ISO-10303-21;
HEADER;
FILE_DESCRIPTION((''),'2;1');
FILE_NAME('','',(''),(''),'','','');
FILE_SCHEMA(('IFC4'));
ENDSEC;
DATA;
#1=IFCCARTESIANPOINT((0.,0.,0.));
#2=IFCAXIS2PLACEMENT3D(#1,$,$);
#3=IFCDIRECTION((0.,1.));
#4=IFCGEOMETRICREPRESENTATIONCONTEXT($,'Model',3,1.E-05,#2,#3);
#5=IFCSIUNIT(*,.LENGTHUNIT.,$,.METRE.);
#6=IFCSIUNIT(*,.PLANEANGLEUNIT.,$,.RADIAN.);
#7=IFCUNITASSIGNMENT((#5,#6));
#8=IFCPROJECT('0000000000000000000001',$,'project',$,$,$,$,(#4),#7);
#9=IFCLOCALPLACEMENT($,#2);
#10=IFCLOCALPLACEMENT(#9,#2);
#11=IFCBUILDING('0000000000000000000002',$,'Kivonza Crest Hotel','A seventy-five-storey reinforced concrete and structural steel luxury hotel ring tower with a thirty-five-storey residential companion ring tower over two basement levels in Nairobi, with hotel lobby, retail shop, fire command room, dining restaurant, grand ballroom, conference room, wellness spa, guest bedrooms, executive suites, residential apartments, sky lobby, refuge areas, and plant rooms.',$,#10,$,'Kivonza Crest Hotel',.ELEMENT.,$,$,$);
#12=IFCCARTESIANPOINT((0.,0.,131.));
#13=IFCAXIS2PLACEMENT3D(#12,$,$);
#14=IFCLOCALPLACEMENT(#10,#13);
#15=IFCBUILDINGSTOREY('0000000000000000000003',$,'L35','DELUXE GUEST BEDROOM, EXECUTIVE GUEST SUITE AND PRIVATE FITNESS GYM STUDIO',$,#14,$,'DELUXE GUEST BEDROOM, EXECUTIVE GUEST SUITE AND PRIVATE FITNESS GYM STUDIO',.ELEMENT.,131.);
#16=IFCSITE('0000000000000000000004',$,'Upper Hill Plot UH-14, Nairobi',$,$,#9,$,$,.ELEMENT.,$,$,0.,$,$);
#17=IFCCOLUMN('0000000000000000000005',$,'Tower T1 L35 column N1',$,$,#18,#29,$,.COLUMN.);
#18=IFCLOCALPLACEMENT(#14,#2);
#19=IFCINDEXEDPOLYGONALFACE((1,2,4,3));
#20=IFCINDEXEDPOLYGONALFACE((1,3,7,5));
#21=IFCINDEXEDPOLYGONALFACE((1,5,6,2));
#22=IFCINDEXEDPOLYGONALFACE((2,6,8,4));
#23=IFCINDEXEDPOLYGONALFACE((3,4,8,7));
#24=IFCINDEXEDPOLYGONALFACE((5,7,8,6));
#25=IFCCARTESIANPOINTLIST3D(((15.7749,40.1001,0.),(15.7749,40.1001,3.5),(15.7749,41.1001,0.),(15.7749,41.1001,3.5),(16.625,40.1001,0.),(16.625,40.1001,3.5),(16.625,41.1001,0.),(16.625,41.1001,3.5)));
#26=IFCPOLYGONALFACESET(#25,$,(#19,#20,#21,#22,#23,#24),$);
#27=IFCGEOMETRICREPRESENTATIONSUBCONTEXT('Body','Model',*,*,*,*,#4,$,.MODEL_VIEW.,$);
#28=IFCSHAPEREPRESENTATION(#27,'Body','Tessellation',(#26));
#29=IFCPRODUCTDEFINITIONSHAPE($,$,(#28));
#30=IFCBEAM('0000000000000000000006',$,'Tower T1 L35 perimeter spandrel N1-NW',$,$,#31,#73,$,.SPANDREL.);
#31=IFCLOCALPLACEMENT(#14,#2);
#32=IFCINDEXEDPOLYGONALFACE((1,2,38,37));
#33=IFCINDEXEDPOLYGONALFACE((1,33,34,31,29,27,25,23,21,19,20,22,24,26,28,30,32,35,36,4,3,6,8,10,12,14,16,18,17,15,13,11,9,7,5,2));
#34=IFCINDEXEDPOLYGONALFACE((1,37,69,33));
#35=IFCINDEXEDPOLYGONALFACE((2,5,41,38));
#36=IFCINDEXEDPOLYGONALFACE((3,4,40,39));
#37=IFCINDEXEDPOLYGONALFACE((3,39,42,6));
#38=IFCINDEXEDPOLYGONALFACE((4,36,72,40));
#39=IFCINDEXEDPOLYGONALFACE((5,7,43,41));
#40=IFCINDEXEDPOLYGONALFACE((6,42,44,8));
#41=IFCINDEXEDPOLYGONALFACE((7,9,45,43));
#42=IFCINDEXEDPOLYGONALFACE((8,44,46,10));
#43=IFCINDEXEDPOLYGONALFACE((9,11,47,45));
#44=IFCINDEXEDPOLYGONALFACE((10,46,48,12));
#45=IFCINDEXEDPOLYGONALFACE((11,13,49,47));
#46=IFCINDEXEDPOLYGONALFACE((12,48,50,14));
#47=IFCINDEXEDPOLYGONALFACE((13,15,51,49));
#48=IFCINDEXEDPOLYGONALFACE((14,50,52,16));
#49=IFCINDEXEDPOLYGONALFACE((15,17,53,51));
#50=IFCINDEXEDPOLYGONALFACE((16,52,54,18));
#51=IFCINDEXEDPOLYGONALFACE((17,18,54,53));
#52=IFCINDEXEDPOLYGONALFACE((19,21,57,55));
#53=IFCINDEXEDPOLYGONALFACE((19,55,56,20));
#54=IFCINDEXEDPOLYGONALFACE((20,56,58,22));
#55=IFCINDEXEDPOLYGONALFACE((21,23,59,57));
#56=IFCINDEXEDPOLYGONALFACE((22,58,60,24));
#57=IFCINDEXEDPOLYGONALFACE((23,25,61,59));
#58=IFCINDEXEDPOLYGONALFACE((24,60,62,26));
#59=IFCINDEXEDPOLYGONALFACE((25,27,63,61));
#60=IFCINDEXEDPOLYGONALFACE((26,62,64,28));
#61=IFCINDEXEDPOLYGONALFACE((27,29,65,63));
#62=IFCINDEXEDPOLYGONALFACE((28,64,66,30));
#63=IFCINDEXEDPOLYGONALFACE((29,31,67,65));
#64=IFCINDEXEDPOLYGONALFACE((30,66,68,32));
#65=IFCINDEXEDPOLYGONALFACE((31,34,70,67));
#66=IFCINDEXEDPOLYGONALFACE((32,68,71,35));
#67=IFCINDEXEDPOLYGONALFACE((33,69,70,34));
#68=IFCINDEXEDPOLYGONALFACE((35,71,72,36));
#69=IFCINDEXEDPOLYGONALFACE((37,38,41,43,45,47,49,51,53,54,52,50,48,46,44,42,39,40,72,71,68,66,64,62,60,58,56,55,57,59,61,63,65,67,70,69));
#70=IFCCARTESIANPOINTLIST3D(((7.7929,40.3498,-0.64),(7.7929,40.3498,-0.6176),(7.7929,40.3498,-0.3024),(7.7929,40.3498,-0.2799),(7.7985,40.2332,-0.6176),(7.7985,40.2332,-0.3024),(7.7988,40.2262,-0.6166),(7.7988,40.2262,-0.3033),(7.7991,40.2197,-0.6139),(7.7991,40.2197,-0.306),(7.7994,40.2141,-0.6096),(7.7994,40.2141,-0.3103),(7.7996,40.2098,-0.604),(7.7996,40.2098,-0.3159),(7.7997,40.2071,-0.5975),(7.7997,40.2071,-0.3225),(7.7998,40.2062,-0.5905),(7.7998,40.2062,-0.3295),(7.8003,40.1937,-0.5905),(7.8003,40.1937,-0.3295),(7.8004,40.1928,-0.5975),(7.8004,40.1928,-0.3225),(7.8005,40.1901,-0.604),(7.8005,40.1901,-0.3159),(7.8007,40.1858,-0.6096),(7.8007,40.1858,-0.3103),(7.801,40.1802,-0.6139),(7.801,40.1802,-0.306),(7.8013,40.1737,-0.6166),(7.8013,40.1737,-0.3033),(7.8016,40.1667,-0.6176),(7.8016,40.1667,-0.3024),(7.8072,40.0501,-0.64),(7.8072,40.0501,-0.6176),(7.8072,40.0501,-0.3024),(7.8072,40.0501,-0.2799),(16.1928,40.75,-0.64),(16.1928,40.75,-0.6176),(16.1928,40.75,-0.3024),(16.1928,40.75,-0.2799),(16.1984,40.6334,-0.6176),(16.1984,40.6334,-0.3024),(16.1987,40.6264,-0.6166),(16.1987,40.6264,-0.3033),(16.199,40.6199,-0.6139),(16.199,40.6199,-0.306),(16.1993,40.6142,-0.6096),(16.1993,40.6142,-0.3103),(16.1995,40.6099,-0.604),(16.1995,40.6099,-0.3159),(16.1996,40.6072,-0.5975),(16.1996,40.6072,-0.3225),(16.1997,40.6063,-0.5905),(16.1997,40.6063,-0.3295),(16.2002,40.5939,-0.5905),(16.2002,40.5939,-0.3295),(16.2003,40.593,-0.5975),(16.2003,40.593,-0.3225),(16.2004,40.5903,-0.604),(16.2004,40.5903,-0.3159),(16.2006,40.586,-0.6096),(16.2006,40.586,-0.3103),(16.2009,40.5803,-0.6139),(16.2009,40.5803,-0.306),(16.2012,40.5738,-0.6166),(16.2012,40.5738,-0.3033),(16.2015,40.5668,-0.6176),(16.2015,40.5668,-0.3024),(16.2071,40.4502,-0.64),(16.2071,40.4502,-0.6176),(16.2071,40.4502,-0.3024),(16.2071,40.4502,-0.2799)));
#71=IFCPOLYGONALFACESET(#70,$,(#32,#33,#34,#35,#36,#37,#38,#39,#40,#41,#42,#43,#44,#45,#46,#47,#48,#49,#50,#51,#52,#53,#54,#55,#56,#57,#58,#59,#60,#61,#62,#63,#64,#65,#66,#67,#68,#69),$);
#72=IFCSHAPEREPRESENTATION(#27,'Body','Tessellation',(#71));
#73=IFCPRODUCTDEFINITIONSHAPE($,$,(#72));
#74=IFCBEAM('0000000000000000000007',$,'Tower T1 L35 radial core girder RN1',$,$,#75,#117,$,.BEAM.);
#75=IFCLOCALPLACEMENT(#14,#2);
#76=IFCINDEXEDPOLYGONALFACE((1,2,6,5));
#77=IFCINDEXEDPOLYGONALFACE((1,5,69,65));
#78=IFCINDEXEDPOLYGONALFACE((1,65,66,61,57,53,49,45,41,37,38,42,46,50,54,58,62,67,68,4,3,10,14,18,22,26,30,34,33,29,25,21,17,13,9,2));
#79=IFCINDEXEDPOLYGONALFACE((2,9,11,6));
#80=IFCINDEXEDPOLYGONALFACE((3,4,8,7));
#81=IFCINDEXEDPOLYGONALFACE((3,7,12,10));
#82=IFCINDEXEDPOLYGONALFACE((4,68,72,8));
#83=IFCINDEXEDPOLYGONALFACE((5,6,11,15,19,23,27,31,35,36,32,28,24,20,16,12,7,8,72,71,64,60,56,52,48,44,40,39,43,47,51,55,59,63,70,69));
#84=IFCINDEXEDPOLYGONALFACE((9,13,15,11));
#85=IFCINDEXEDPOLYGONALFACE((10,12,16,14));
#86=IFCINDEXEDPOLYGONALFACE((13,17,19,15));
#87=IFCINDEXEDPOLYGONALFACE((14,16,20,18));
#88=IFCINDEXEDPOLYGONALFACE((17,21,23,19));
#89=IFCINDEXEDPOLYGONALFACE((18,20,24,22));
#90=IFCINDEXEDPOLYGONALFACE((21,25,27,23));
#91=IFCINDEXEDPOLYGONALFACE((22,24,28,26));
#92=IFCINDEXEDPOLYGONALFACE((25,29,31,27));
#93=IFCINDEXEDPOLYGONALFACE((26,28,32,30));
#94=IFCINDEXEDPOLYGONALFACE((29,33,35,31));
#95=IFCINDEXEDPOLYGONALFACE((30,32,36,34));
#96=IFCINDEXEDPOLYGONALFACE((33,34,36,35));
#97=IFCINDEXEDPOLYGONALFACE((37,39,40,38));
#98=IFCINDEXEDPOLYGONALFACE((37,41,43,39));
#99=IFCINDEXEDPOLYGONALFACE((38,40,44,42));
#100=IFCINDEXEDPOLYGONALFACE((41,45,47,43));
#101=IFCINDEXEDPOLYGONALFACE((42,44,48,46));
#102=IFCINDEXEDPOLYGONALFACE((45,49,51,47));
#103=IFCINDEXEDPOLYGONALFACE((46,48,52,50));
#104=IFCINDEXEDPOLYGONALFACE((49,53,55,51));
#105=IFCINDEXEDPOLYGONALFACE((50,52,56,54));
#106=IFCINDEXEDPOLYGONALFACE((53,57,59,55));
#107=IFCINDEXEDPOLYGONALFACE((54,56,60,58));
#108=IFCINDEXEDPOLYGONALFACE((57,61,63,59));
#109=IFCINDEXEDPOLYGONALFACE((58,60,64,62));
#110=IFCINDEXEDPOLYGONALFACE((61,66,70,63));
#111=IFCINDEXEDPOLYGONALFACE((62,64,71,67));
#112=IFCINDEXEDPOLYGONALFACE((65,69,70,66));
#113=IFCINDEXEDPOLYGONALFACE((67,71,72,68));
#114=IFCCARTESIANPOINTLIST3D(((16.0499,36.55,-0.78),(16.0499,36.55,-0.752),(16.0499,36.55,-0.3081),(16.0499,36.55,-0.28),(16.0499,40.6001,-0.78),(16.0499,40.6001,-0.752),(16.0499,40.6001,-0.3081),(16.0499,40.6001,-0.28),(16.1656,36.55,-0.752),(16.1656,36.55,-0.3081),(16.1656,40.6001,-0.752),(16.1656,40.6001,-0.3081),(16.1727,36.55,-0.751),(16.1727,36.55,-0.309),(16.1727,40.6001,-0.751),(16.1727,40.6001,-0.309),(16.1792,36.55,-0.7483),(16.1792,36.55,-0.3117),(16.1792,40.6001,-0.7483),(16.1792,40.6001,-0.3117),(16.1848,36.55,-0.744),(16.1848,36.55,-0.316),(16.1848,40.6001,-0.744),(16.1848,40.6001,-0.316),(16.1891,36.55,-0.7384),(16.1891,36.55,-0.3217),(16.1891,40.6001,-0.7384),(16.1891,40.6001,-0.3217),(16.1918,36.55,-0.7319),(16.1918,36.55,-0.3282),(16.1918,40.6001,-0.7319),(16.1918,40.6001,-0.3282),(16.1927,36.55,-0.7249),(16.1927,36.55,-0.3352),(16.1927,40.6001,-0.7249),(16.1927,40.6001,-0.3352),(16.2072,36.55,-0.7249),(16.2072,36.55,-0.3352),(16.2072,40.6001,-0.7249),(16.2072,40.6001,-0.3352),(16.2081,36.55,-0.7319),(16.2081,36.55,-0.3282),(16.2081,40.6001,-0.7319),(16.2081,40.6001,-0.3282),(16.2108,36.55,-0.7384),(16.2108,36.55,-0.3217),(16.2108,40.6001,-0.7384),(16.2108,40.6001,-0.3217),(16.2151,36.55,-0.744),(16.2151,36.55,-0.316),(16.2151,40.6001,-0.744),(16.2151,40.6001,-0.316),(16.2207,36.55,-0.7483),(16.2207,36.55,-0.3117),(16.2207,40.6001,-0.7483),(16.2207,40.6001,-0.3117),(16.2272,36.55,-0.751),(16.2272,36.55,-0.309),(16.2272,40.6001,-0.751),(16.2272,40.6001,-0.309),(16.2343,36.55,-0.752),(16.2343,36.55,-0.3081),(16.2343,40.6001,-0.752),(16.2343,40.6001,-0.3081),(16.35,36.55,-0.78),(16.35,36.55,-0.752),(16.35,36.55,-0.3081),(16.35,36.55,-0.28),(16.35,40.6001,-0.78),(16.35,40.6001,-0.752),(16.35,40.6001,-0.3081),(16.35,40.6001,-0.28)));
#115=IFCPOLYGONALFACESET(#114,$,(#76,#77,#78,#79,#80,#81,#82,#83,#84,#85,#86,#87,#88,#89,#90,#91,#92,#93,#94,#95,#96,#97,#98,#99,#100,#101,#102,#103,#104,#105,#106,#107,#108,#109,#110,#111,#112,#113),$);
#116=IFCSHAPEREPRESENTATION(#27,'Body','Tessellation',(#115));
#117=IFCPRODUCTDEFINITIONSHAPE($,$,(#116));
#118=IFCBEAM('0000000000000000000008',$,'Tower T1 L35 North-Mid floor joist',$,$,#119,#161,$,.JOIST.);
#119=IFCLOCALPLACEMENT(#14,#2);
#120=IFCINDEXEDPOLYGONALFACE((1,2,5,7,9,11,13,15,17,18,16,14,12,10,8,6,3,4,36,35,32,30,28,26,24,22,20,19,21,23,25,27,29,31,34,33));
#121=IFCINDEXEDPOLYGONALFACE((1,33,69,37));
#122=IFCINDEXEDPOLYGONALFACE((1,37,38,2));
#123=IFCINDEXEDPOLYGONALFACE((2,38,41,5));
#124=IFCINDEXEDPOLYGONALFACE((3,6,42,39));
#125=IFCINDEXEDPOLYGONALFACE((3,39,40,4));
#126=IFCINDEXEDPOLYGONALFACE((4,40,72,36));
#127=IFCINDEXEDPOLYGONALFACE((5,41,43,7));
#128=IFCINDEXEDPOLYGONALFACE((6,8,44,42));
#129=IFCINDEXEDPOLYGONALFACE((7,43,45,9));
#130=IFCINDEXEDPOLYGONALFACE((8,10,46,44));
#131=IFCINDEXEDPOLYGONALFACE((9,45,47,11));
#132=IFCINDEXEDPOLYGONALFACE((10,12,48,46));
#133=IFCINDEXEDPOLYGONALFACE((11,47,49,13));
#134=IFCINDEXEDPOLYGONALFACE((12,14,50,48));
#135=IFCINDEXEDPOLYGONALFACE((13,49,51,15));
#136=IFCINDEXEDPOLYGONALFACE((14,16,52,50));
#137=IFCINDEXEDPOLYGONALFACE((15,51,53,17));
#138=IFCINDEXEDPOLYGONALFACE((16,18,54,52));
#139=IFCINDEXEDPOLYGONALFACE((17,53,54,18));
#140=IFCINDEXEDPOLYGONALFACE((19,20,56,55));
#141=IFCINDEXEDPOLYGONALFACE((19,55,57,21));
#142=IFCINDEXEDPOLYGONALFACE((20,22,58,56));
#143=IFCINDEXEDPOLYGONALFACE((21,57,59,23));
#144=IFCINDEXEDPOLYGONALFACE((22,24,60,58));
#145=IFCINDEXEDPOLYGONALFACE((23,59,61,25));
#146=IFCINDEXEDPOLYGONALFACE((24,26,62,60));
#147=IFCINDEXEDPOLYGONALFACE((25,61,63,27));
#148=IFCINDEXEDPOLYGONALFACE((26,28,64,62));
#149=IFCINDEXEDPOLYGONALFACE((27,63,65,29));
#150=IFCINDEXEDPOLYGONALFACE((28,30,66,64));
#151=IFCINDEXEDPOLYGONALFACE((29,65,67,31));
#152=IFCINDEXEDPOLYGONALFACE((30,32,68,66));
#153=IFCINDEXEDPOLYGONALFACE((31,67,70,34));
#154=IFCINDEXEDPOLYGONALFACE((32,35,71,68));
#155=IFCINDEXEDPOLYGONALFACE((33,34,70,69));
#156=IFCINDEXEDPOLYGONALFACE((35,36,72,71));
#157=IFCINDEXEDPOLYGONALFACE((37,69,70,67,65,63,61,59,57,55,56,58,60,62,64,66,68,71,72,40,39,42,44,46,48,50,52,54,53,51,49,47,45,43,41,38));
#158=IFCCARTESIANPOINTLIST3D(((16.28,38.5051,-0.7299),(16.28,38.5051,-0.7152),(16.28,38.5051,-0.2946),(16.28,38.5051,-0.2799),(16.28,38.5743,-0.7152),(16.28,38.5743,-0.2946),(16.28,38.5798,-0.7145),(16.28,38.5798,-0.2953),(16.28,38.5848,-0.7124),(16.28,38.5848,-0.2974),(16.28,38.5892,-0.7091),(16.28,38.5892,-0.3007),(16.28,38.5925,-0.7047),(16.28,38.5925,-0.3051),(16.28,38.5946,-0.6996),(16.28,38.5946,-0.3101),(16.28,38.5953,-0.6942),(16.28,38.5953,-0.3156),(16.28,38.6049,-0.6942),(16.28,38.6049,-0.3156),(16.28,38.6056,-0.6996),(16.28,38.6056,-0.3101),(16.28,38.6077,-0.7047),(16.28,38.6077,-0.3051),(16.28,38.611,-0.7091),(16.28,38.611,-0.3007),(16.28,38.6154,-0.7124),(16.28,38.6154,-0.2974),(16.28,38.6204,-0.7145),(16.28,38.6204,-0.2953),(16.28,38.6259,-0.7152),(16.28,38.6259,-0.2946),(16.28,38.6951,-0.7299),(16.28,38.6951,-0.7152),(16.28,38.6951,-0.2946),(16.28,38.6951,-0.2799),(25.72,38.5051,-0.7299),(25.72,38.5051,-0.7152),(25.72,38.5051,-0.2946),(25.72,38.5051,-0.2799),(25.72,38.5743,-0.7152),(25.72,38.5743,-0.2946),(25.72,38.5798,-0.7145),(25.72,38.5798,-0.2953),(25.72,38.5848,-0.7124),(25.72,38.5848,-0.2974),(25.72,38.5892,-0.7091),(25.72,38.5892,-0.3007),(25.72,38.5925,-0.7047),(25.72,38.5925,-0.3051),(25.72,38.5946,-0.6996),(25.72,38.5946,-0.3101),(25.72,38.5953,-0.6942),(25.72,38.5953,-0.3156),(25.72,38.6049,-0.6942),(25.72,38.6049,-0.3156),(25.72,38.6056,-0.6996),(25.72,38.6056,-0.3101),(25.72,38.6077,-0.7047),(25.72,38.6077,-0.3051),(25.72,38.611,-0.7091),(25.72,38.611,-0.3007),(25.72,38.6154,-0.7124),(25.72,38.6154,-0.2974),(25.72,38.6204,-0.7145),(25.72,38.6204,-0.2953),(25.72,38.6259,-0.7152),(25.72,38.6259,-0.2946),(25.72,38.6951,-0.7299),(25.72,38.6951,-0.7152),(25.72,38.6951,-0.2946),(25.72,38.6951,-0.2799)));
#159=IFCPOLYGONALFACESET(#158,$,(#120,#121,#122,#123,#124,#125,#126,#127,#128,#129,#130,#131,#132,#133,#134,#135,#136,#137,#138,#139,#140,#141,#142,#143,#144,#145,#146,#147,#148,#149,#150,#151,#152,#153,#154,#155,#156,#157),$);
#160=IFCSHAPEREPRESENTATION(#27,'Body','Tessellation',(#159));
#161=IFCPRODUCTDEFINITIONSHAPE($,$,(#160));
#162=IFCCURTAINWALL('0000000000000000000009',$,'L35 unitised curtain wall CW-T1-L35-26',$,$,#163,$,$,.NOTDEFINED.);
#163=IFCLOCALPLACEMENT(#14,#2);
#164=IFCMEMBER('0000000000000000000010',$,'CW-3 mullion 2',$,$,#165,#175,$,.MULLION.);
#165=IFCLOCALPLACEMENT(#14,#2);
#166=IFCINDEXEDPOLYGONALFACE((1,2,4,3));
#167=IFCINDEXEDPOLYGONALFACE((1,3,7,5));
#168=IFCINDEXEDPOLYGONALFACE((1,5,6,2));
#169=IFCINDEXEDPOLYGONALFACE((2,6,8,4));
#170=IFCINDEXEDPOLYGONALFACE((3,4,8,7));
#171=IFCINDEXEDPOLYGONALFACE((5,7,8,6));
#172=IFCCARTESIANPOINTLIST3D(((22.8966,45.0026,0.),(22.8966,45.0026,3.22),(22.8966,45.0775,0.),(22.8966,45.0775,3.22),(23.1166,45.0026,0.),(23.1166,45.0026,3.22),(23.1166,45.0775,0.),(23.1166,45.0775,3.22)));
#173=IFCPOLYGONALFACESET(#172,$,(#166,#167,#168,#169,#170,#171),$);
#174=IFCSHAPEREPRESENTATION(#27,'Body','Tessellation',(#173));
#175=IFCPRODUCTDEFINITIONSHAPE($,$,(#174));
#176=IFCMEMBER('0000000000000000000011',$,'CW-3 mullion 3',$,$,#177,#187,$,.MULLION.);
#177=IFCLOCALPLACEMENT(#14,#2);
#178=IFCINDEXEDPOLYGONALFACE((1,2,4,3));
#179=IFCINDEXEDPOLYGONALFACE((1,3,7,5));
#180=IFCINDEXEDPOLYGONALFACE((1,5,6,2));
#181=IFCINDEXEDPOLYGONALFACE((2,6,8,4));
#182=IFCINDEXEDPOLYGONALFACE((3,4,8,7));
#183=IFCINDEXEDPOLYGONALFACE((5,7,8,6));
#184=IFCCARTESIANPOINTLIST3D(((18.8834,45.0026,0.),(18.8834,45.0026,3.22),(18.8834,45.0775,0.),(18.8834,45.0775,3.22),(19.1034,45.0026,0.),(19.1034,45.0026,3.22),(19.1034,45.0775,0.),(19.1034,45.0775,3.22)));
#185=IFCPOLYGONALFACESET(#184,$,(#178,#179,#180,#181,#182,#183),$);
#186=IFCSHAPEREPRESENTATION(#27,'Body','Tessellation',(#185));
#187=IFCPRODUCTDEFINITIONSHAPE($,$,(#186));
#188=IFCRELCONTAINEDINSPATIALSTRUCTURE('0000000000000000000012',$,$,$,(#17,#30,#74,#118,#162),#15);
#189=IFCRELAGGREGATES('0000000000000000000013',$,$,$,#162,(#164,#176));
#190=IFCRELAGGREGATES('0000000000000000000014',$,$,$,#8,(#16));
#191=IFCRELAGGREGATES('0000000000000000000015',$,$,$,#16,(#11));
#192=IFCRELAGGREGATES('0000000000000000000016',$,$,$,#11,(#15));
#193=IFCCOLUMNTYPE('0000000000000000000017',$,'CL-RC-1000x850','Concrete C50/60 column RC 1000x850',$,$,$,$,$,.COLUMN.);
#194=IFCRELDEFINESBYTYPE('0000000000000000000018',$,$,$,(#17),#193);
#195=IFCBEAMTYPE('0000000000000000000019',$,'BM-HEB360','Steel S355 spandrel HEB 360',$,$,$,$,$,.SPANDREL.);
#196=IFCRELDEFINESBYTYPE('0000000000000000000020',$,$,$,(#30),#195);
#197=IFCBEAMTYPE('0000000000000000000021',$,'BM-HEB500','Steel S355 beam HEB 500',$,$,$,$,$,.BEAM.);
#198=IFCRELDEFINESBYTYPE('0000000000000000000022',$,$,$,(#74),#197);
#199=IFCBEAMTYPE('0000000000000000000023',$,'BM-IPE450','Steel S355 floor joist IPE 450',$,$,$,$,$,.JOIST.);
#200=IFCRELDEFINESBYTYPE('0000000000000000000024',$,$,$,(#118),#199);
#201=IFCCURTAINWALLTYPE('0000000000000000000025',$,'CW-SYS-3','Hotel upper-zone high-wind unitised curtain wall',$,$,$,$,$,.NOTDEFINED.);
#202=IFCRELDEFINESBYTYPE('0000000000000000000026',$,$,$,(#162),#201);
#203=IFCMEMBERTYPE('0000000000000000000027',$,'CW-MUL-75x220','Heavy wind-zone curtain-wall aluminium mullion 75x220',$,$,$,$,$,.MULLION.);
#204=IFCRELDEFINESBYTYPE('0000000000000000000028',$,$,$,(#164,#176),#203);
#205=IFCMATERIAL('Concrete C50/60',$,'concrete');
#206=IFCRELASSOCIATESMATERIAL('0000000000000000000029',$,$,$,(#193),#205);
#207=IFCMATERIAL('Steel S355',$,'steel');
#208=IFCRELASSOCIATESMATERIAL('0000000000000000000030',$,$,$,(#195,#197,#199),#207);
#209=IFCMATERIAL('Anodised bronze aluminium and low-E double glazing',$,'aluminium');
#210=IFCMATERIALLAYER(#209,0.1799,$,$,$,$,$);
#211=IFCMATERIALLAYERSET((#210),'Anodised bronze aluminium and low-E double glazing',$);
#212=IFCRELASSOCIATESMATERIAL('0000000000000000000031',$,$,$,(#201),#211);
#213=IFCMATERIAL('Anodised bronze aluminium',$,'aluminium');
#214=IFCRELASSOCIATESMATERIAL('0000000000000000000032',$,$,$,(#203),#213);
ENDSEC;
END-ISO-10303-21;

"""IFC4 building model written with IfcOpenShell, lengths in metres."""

from ifc_helpers import new_model, si_unit, direction, frame, origin, origin_2d, place, context, subcontext, project, spatial, rectangle, i_section, extrude, material, layer, layer_set, material_profile, profile_set, type_object, element, aggregate, save


model = new_model("IFC4")

# Units and contexts
model_context = context("Model", 3, precision=1e-05, world=origin(), true_north=direction((0.0, 1.0)))
body_context = subcontext(model_context, "Body", "Model", "MODEL_VIEW")
ifc_project = project(units=[si_unit("LENGTHUNIT", "METRE"), si_unit("PLANEANGLEUNIT", "RADIAN")], contexts=[model_context])

# Site, building, storey
site_placement = place(None, origin())
site = spatial("IfcSite", under=ifc_project, at=site_placement, Name="Upper Hill Plot UH-14, Nairobi", CompositionType="ELEMENT", RefElevation=0.0)
building_placement = place(site_placement, origin())
building = spatial("IfcBuilding", under=site, at=building_placement, Name="Kivonza Crest Hotel", Description="A seventy-five-storey reinforced concrete and structural steel luxury hotel ring tower with a thirty-five-storey residential companion ring tower over two basement levels in Nairobi, with hotel lobby, retail shop, fire command room, dining restaurant, grand ballroom, conference room, wellness spa, guest bedrooms, executive suites, residential apartments, sky lobby, refuge areas, and plant rooms.", LongName="Kivonza Crest Hotel", CompositionType="ELEMENT")
storey_placement = place(building_placement, frame((0.0, 0.0, 131.0)))
storey = spatial("IfcBuildingStorey", under=building, at=storey_placement, Name="L35", Description="DELUXE GUEST BEDROOM, EXECUTIVE GUEST SUITE AND PRIVATE FITNESS GYM STUDIO", LongName="DELUXE GUEST BEDROOM, EXECUTIVE GUEST SUITE AND PRIVATE FITNESS GYM STUDIO", CompositionType="ELEMENT", Elevation=131.0)

# Column
ifc_material_1 = material(Name="Concrete C50/60", Category="concrete")
ifc_material_profile_1 = material_profile(ifc_material_1, rectangle(XDim=0.8501, YDim=1.0, at=origin_2d()), Name="RC 1000x850")
ifc_profile_set_1 = profile_set([ifc_material_profile_1], Name="Concrete C50/60")
column_type = type_object("IfcColumnType", Name="CL-RC-1000x850", Description="Concrete C50/60 column RC 1000x850", PredefinedType="COLUMN", material=ifc_profile_set_1)
column_placement = place(storey_placement, frame((16.2, 40.6001, 0.0), z_axis=(0.0, 0.0, 1.0), x_axis=(1.0, 0.0, 0.0)))
element("IfcColumn", 1, at=column_placement, inside=storey, type_object=column_type, Name="Tower T1 L35 column N1", PredefinedType="COLUMN", context=body_context, shape_type="SweptSolid", body=[
    extrude(rectangle(XDim=0.8501, YDim=1.0, at=origin_2d()), origin(), (0.0, 0.0, 1.0), 3.5),
])

# Beams
ifc_material_2 = material(Name="Steel S355", Category="steel")
ifc_material_profile_2 = material_profile(ifc_material_2, i_section(OverallWidth=0.3, OverallDepth=0.3601, WebThickness=0.0125, FlangeThickness=0.0225, FilletRadius=0.0271, at=origin_2d()), Name="HEB 360")
ifc_profile_set_2 = profile_set([ifc_material_profile_2], Name="Steel S355")
beam_type_1 = type_object("IfcBeamType", Name="BM-HEB360", Description="Steel S355 spandrel HEB 360", PredefinedType="SPANDREL", material=ifc_profile_set_2)
beam_1_placement = place(storey_placement, frame((16.2, 40.6001, -0.46), z_axis=(-0.998867, -0.047583, 0.0), x_axis=(0.047583, -0.998867, 0.0)))
element("IfcBeam", 2, at=beam_1_placement, inside=storey, type_object=beam_type_1, Name="Tower T1 L35 perimeter spandrel N1-NW", PredefinedType="SPANDREL", context=body_context, shape_type="SweptSolid", body=[
    extrude(i_section(OverallWidth=0.3, OverallDepth=0.3601, WebThickness=0.0125, FlangeThickness=0.0225, FilletRadius=0.0271, at=origin_2d()), origin(), (0.0, 0.0, 1.0), 8.4094),
])
ifc_material_profile_3 = material_profile(ifc_material_2, i_section(OverallWidth=0.3, OverallDepth=0.5, WebThickness=0.0144, FlangeThickness=0.0281, FilletRadius=0.0271, at=origin_2d()), Name="HEB 500")
ifc_profile_set_3 = profile_set([ifc_material_profile_3], Name="Steel S355")
beam_type_2 = type_object("IfcBeamType", Name="BM-HEB500", Description="Steel S355 beam HEB 500", PredefinedType="BEAM", material=ifc_profile_set_3)
beam_2_placement = place(storey_placement, frame((16.2, 40.6001, -0.53), z_axis=(0.0, -1.0, 0.0), x_axis=(1.0, 0.0, 0.0)))
element("IfcBeam", 3, at=beam_2_placement, inside=storey, type_object=beam_type_2, Name="Tower T1 L35 radial core girder RN1", PredefinedType="BEAM", context=body_context, shape_type="SweptSolid", body=[
    extrude(i_section(OverallWidth=0.3, OverallDepth=0.5, WebThickness=0.0144, FlangeThickness=0.0281, FilletRadius=0.0271, at=origin_2d()), origin(), (0.0, 0.0, 1.0), 4.05),
])
ifc_material_profile_4 = material_profile(ifc_material_2, i_section(OverallWidth=0.1899, OverallDepth=0.45, WebThickness=0.0095, FlangeThickness=0.0146, FilletRadius=0.021, at=origin_2d()), Name="IPE 450")
ifc_profile_set_4 = profile_set([ifc_material_profile_4], Name="Steel S355")
beam_type_3 = type_object("IfcBeamType", Name="BM-IPE450", Description="Steel S355 floor joist IPE 450", PredefinedType="JOIST", material=ifc_profile_set_4)
beam_3_placement = place(storey_placement, frame((16.28, 38.6001, -0.5049), z_axis=(1.0, 0.0, 0.0), x_axis=(0.0, 1.0, 0.0)))
element("IfcBeam", 4, at=beam_3_placement, inside=storey, type_object=beam_type_3, Name="Tower T1 L35 North-Mid floor joist", PredefinedType="JOIST", context=body_context, shape_type="SweptSolid", body=[
    extrude(i_section(OverallWidth=0.1899, OverallDepth=0.45, WebThickness=0.0095, FlangeThickness=0.0146, FilletRadius=0.021, at=origin_2d()), origin(), (0.0, 0.0, 1.0), 9.4399),
])

# Curtain wall, members
ifc_material_3 = material(Name="Anodised bronze aluminium and low-E double glazing", Category="aluminium")
ifc_layer_1 = layer(ifc_material_3, 0.1799)
ifc_layer_set_1 = layer_set([ifc_layer_1], Name="Anodised bronze aluminium and low-E double glazing")
curtain_wall_type = type_object("IfcCurtainWallType", Name="CW-SYS-3", Description="Hotel upper-zone high-wind unitised curtain wall", PredefinedType="NOTDEFINED", material=ifc_layer_set_1)
curtain_wall_placement = place(storey_placement, origin())
curtain_wall = element("IfcCurtainWall", 5, at=curtain_wall_placement, inside=storey, type_object=curtain_wall_type, Name="L35 unitised curtain wall CW-T1-L35-26", PredefinedType="NOTDEFINED")
ifc_material_4 = material(Name="Anodised bronze aluminium", Category="aluminium")
ifc_material_profile_5 = material_profile(ifc_material_4, rectangle(XDim=0.075, YDim=0.22, at=origin_2d()), Name="CW-M 75x220")
ifc_profile_set_5 = profile_set([ifc_material_profile_5], Name="Anodised bronze aluminium")
member_type_1 = type_object("IfcMemberType", Name="CW-MUL-75x220", Description="Heavy wind-zone curtain-wall aluminium mullion 75x220", PredefinedType="MULLION", material=ifc_profile_set_5)
member_1_placement = place(storey_placement, frame((23.0066, 45.04, 0.0), z_axis=(0.0, 0.0, 1.0), x_axis=(0.0, -1.0, 0.0)))
member_1 = element("IfcMember", 6, at=member_1_placement, type_object=member_type_1, Name="CW-3 mullion 2", PredefinedType="MULLION", context=body_context, shape_type="SweptSolid", body=[
    extrude(rectangle(XDim=0.075, YDim=0.22, at=origin_2d()), origin(), (0.0, 0.0, 1.0), 3.22),
])
member_2_placement = place(storey_placement, frame((18.9934, 45.04, 0.0), z_axis=(0.0, 0.0, 1.0), x_axis=(0.0, -1.0, 0.0)))
member_2 = element("IfcMember", 7, at=member_2_placement, type_object=member_type_1, Name="CW-3 mullion 3", PredefinedType="MULLION", context=body_context, shape_type="SweptSolid", body=[
    extrude(rectangle(XDim=0.075, YDim=0.22, at=origin_2d()), origin(), (0.0, 0.0, 1.0), 3.22),
])
aggregate(curtain_wall, [member_1, member_2])

save(model, "model.ifc")
